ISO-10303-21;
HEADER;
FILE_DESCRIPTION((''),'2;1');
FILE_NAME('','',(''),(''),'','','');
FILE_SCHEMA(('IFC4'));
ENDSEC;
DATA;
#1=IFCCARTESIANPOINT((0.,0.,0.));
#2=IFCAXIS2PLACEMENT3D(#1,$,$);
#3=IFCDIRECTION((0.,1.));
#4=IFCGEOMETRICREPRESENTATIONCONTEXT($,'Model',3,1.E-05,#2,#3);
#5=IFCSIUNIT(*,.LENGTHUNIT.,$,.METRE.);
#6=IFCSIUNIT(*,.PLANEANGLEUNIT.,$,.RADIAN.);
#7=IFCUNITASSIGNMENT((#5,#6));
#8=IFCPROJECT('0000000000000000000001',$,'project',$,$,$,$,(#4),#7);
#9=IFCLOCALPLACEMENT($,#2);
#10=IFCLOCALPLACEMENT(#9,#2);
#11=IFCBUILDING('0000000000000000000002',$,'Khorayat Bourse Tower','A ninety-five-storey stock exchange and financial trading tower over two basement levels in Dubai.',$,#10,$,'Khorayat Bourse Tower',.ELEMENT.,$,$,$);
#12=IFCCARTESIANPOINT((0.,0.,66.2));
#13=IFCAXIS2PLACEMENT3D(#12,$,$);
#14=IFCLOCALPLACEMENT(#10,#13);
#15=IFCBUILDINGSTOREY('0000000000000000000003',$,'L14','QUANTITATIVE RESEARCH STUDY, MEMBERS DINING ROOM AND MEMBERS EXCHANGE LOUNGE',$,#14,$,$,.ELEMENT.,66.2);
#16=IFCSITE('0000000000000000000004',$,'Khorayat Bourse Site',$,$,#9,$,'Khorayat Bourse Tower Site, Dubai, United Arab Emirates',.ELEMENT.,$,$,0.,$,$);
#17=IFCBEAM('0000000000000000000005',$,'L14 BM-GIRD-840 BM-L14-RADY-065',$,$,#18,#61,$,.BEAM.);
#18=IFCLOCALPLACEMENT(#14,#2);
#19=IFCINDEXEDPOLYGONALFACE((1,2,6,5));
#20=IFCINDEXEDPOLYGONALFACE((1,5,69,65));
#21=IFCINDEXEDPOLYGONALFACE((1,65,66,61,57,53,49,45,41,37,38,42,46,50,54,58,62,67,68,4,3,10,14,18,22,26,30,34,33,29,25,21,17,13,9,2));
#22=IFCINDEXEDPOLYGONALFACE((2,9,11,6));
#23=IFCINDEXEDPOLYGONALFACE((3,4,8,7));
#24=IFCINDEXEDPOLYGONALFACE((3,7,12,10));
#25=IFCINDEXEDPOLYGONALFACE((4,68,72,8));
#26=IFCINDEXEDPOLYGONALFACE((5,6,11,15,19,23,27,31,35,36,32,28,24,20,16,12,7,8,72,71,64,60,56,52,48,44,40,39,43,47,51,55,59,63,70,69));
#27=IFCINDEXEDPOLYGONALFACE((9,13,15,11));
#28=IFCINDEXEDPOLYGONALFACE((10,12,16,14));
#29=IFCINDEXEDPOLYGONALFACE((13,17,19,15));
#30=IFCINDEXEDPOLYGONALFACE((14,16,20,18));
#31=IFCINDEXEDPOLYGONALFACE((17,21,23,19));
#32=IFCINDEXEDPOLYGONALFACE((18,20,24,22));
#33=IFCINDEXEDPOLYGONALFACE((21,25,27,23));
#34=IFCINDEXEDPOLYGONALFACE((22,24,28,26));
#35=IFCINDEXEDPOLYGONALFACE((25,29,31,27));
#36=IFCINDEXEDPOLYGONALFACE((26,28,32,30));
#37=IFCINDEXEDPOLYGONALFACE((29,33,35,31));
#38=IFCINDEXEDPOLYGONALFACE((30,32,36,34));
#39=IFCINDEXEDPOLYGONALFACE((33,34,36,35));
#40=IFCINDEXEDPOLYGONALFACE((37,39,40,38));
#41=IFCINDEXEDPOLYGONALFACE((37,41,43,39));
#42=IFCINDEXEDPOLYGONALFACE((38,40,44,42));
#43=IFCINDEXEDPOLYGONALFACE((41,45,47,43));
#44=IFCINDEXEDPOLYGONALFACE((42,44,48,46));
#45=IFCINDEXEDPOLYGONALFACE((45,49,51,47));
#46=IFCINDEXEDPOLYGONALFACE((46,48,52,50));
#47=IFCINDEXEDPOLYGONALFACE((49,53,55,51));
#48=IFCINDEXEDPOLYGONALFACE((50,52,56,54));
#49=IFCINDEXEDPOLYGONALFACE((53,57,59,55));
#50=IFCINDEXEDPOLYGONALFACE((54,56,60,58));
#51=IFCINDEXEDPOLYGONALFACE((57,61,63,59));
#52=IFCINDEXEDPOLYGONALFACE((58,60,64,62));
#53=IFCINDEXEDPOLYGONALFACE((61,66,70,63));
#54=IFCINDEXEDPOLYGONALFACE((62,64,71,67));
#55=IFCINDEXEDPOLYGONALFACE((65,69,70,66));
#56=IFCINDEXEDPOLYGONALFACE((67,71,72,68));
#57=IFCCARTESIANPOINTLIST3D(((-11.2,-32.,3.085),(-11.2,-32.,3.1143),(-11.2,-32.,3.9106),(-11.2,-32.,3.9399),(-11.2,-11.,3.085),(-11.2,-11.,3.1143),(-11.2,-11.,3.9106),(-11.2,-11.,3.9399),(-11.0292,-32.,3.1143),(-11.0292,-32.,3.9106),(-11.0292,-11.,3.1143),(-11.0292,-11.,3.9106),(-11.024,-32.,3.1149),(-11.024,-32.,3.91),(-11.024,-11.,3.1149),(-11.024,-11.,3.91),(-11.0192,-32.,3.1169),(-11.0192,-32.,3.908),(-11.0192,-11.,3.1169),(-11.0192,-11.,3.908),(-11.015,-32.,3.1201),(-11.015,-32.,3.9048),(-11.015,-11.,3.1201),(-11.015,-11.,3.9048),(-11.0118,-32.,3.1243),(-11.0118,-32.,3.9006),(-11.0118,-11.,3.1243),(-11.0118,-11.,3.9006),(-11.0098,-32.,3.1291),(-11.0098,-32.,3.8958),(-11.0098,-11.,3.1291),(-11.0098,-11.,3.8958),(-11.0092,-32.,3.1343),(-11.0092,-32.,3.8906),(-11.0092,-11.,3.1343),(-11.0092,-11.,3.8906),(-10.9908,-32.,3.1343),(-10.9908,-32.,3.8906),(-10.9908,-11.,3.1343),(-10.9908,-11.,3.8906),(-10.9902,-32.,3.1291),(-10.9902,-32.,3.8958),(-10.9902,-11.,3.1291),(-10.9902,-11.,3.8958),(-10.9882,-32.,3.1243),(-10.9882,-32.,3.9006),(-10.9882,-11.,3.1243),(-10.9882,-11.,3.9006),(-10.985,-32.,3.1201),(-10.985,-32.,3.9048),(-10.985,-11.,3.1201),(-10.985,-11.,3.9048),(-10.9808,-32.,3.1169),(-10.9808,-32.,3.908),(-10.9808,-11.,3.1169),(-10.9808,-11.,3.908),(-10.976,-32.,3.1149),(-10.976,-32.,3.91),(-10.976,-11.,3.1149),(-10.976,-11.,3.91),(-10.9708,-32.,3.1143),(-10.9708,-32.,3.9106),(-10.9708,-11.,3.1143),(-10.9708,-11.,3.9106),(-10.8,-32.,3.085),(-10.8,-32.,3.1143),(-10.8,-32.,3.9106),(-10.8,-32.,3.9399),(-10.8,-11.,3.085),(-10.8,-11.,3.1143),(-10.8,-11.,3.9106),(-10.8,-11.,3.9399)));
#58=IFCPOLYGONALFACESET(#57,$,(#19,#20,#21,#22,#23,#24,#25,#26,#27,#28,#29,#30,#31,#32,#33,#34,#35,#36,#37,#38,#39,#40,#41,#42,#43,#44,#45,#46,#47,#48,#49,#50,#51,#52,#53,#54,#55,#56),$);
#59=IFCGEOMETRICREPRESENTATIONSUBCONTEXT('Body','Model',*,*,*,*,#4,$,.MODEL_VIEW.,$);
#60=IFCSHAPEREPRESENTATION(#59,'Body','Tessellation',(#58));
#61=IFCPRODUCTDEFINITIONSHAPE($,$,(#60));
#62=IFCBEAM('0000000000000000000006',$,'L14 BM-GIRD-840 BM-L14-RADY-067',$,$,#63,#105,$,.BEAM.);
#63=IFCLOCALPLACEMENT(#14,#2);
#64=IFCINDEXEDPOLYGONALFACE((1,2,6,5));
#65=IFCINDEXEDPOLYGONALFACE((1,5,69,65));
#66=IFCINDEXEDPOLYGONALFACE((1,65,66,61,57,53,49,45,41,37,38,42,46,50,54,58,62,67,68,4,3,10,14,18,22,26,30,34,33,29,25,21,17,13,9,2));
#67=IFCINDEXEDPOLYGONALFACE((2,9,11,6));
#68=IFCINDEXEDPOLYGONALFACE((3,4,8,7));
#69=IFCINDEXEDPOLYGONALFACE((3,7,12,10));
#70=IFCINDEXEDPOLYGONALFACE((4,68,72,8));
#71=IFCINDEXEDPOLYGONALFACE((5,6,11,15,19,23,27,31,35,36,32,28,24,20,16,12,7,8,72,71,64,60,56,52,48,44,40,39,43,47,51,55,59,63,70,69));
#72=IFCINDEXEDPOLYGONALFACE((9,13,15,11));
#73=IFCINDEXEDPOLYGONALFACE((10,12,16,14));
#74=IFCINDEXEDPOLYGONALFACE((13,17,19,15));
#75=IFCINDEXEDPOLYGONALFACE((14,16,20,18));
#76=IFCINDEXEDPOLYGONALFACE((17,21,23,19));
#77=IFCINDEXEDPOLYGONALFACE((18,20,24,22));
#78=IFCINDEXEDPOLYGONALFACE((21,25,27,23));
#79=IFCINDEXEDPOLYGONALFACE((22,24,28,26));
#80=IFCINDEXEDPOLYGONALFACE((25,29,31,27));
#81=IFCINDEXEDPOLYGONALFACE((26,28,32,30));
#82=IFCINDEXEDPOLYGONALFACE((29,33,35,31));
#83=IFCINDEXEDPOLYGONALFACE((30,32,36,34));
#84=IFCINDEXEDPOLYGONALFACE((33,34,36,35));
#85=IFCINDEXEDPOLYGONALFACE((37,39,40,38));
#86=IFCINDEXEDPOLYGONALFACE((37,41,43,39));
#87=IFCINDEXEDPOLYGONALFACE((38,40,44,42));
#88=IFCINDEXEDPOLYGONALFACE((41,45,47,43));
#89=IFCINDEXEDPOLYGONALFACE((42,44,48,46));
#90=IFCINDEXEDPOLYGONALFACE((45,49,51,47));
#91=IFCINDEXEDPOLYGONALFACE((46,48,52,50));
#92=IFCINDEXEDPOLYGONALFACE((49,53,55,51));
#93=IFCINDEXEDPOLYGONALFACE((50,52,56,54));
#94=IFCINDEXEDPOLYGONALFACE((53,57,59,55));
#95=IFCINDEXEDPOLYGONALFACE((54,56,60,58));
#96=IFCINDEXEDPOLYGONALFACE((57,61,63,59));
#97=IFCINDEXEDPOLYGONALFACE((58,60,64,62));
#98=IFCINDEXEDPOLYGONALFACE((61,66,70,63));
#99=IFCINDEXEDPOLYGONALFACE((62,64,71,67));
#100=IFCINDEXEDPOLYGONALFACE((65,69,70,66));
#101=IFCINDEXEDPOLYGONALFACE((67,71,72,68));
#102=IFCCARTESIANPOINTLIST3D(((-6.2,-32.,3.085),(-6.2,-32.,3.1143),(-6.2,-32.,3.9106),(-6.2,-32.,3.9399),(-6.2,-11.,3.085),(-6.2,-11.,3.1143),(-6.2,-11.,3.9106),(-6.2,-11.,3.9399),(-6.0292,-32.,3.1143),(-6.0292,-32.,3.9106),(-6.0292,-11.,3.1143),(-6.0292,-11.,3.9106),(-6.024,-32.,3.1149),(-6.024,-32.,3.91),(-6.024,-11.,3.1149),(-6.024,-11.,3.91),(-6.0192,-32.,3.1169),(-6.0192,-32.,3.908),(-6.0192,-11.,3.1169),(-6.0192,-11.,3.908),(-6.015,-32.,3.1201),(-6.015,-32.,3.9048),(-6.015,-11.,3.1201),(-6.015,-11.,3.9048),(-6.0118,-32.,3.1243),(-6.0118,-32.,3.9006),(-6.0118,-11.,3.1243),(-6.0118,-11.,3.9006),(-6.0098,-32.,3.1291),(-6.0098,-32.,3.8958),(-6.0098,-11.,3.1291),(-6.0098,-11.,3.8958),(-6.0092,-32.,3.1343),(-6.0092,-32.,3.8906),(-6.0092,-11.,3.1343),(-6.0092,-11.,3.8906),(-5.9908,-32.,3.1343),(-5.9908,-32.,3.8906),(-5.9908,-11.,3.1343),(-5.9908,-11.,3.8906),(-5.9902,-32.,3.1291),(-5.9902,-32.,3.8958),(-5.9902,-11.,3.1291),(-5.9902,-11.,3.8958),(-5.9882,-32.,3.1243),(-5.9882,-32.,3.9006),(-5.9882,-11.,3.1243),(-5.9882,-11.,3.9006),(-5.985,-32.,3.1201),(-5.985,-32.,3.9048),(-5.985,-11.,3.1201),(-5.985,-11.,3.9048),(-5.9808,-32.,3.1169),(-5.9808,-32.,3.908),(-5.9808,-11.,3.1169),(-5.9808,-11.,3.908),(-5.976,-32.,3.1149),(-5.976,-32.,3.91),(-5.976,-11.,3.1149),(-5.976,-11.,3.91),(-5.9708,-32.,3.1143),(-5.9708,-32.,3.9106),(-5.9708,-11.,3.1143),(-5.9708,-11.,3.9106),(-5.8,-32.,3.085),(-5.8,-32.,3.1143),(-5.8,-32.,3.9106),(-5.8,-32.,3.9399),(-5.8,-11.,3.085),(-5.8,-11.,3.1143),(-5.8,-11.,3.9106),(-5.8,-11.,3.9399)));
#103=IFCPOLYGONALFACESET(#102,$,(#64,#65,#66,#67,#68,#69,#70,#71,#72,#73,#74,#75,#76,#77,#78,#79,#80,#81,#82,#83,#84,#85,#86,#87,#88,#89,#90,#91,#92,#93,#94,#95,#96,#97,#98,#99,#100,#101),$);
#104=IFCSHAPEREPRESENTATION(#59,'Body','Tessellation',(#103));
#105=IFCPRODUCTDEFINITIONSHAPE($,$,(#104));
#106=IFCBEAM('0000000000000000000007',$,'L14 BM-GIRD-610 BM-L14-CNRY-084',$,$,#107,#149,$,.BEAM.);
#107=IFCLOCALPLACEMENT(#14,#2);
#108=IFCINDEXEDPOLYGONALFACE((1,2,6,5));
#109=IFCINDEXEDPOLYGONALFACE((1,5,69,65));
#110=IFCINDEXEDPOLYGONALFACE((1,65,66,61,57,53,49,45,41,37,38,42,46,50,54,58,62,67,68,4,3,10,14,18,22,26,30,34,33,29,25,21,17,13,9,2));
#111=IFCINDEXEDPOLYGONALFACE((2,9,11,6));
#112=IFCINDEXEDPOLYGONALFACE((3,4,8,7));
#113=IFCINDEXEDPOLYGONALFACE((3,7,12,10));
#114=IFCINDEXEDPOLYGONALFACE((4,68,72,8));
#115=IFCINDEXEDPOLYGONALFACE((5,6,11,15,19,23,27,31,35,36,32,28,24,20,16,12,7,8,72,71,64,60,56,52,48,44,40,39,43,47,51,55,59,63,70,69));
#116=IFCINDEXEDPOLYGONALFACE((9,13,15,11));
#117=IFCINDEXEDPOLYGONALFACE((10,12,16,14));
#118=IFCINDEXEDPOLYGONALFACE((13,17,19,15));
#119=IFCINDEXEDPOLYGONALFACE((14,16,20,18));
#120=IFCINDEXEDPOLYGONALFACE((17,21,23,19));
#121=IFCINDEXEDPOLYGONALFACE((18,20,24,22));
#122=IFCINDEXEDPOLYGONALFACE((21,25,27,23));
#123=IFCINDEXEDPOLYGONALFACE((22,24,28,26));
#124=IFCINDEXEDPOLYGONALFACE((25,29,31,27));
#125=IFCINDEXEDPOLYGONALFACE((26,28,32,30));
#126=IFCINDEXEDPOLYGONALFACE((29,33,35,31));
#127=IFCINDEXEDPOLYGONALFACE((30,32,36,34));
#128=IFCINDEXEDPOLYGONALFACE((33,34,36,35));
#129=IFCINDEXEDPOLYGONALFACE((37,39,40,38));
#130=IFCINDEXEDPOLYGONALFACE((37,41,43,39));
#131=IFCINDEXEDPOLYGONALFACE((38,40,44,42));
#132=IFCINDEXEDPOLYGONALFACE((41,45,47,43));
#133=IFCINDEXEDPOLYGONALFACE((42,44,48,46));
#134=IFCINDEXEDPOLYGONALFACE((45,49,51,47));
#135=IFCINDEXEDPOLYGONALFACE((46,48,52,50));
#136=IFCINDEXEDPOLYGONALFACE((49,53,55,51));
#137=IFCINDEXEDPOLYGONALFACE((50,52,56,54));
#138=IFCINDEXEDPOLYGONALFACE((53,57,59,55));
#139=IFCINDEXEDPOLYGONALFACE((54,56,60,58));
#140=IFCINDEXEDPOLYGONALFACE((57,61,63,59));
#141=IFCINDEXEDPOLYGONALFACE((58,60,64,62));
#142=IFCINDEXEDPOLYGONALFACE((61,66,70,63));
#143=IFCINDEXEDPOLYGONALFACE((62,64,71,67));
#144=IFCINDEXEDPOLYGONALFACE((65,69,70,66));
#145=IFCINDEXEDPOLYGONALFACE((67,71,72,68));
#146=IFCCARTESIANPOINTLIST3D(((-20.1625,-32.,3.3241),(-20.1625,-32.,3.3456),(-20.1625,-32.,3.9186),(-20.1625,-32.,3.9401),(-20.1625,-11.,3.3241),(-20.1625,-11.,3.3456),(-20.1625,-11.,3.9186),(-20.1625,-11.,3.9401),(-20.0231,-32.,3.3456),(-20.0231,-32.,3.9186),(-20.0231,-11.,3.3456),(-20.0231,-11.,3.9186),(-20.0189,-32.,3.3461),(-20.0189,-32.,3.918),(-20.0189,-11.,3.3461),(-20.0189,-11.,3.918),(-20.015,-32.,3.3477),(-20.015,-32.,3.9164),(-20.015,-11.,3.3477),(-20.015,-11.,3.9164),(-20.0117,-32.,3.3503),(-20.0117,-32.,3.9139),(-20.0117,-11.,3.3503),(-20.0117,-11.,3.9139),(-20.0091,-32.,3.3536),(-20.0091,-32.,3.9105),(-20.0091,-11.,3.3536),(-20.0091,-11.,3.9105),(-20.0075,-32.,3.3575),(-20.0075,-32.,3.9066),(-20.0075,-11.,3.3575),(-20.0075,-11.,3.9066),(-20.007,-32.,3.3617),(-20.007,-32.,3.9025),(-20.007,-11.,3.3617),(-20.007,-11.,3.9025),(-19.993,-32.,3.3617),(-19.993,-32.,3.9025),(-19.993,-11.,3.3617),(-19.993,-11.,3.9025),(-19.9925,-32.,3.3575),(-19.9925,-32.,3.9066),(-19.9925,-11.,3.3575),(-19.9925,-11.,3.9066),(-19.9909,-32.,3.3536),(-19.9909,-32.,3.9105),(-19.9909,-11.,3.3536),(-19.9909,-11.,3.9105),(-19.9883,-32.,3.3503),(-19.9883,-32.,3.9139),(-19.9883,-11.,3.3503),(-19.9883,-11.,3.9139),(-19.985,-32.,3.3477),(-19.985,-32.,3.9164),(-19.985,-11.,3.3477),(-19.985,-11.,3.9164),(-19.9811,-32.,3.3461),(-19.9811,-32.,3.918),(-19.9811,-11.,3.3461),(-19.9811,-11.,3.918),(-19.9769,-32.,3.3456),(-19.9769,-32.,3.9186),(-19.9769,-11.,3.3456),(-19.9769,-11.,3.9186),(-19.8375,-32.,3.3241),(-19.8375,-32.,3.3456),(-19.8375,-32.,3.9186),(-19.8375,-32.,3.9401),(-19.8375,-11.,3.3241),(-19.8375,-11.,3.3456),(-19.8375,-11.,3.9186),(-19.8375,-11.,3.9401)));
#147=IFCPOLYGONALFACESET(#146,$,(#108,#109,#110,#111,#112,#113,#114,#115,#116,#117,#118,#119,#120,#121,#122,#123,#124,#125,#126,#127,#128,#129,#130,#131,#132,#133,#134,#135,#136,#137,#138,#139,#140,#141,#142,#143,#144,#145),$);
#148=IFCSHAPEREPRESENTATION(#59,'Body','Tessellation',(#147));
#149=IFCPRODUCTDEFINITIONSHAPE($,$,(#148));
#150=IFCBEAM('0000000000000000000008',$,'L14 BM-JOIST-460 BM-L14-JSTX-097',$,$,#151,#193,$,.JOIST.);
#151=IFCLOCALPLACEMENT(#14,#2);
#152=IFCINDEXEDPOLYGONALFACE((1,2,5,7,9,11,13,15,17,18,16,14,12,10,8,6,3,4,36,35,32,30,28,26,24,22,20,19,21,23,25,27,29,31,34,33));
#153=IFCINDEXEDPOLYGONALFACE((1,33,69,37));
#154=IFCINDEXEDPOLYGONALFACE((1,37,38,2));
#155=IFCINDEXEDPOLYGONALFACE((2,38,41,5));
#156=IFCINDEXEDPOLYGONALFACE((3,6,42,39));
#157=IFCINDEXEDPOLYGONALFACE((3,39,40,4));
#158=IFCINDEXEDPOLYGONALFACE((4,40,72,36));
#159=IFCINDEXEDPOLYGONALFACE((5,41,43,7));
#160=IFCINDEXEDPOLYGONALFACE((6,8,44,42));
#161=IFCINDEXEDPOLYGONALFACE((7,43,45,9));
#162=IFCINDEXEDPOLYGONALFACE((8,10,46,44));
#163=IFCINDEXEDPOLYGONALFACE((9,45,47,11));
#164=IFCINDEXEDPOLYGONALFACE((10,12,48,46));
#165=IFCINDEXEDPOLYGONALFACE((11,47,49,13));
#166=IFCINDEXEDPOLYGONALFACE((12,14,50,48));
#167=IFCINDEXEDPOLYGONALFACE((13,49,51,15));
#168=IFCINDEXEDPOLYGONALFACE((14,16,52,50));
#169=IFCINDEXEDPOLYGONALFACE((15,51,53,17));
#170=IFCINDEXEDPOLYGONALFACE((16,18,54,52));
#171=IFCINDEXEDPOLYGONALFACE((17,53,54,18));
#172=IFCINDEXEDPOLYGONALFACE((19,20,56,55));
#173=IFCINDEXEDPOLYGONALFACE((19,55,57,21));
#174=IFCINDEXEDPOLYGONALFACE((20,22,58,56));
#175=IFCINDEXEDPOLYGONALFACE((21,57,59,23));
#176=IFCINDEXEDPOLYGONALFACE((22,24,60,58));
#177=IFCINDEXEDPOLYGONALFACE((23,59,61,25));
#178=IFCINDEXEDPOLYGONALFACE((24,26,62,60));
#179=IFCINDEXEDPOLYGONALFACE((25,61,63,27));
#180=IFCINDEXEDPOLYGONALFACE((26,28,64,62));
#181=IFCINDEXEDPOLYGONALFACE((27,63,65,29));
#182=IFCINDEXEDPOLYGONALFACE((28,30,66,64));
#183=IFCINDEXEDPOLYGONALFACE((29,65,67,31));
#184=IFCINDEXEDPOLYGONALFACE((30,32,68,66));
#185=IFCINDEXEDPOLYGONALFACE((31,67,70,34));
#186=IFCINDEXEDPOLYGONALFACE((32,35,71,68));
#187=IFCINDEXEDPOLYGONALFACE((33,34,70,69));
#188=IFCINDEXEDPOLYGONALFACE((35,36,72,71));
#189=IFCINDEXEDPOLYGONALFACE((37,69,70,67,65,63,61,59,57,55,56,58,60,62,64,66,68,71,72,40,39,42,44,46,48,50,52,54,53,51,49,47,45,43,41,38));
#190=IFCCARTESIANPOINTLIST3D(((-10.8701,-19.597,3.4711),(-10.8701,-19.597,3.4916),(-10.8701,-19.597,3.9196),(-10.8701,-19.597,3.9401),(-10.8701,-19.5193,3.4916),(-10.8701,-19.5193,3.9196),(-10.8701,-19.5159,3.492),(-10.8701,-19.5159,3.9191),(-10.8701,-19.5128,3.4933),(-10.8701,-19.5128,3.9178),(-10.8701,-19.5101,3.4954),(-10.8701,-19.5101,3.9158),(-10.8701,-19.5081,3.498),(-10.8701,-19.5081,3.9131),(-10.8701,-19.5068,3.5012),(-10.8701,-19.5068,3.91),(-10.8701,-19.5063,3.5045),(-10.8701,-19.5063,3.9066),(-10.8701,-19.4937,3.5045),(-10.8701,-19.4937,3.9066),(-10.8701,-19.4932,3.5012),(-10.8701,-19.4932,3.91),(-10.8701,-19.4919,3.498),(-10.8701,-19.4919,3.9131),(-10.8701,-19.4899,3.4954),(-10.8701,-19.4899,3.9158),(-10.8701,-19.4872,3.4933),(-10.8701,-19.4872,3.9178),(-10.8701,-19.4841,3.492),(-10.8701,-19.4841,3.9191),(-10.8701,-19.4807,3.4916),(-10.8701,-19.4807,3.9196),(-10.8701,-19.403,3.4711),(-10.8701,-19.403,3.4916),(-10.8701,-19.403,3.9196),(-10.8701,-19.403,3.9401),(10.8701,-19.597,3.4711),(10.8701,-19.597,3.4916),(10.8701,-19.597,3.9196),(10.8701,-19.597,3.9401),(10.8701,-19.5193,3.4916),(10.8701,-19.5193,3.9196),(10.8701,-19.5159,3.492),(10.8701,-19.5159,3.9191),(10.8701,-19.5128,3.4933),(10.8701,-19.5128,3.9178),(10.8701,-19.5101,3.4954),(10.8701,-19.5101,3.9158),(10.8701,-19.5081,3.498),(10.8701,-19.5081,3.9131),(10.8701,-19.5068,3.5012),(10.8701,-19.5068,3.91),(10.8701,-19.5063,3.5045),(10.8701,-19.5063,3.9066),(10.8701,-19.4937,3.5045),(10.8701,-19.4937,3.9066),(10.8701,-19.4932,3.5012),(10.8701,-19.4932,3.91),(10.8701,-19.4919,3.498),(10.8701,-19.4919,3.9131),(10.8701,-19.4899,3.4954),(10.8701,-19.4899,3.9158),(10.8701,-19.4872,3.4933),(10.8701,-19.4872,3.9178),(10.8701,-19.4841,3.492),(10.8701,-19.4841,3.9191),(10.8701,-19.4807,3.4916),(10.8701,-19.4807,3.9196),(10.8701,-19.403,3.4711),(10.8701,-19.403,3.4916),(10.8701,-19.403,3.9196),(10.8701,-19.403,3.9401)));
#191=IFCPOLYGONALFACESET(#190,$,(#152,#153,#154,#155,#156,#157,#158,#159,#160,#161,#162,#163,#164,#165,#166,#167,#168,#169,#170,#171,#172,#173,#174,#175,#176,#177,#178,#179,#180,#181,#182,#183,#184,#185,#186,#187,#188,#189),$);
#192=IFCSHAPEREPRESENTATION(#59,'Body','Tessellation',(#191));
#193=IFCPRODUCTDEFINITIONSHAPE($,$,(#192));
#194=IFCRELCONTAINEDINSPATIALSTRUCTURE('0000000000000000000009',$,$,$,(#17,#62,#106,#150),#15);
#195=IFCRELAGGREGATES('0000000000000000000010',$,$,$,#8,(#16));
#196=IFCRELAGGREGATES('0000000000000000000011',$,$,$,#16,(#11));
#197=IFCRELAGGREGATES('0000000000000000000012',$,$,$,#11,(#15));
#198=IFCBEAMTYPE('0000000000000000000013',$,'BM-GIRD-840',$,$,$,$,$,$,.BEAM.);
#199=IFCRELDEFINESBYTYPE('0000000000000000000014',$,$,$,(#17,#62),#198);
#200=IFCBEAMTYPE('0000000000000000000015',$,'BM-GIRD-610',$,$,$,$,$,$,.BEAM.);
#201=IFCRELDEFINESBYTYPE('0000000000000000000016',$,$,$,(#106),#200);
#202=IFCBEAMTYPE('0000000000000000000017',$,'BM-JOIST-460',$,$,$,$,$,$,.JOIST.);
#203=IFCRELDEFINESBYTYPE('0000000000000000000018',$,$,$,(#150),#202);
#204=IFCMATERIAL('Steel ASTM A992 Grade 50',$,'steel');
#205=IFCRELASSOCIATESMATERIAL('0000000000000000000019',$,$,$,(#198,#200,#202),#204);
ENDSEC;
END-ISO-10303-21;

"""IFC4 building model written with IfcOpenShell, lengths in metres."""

from ifc_helpers import new_model, si_unit, direction, frame, origin, origin_2d, place, context, subcontext, project, spatial, i_section, extrude, source, transform, mapped, material, material_profile, profile_set, type_object, element, save


model = new_model("IFC4")

# Units and contexts
model_context = context("Model", 3, precision=1e-05, world=origin(), true_north=direction((0.0, 1.0)))
body_context = subcontext(model_context, "Body", "Model", "MODEL_VIEW")
ifc_project = project(units=[si_unit("LENGTHUNIT", "METRE"), si_unit("PLANEANGLEUNIT", "RADIAN")], contexts=[model_context])

# Site, building, storey
site_placement = place(None, origin())
site = spatial("IfcSite", under=ifc_project, at=site_placement, Name="Khorayat Bourse Site", LongName="Khorayat Bourse Tower Site, Dubai, United Arab Emirates", CompositionType="ELEMENT", RefElevation=0.0)
building_placement = place(site_placement, origin())
building = spatial("IfcBuilding", under=site, at=building_placement, Name="Khorayat Bourse Tower", Description="A ninety-five-storey stock exchange and financial trading tower over two basement levels in Dubai.", LongName="Khorayat Bourse Tower", CompositionType="ELEMENT")
storey_placement = place(building_placement, frame((0.0, 0.0, 66.2)))
storey = spatial("IfcBuildingStorey", under=building, at=storey_placement, Name="L14", Description="QUANTITATIVE RESEARCH STUDY, MEMBERS DINING ROOM AND MEMBERS EXCHANGE LOUNGE", CompositionType="ELEMENT", Elevation=66.2)

# Beams
ifc_material_1 = material(Name="Steel ASTM A992 Grade 50", Category="steel")
ifc_material_profile_1 = material_profile(ifc_material_1, i_section(OverallWidth=0.3999, OverallDepth=0.855, WebThickness=0.0183, FlangeThickness=0.0293, FilletRadius=0.02, at=origin_2d()), Name="W840X299")
ifc_profile_set_1 = profile_set([ifc_material_profile_1], Name="Steel ASTM A992 Grade 50")
beam_type_1 = type_object("IfcBeamType", Name="BM-GIRD-840", PredefinedType="BEAM", material=ifc_profile_set_1)
shared_shape_1 = source(origin(), body_context, "Body", "SweptSolid", [
    extrude(i_section(OverallWidth=0.3999, OverallDepth=0.855, WebThickness=0.0183, FlangeThickness=0.0293, FilletRadius=0.02, at=origin_2d()), origin(), (0.0, 0.0, 1.0), 21.0),
])
for number, where, z_axis, x_axis, name in (
    (1, (-11.0, -32.0, 3.5125), (0.0, 1.0, 0.0), (-1.0, 0.0, 0.0), "L14 BM-GIRD-840 BM-L14-RADY-065"),
    (2, (-6.0, -32.0, 3.5125), (0.0, 1.0, 0.0), (-1.0, 0.0, 0.0), "L14 BM-GIRD-840 BM-L14-RADY-067"),
):
    element("IfcBeam", number, at=place(storey_placement, frame(where, z_axis=z_axis, x_axis=x_axis)), inside=storey, type_object=beam_type_1, Name=name, PredefinedType="BEAM", context=body_context, shape_type="MappedRepresentation", body=[
        mapped(shared_shape_1, transform((0.0, 0.0, 0.0), scale=1.0)),
    ])
ifc_material_profile_2 = material_profile(ifc_material_1, i_section(OverallWidth=0.325, OverallDepth=0.616, WebThickness=0.0139, FlangeThickness=0.0215, FilletRadius=0.0161, at=origin_2d()), Name="W610X174")
ifc_profile_set_2 = profile_set([ifc_material_profile_2], Name="Steel ASTM A992 Grade 50")
beam_type_2 = type_object("IfcBeamType", Name="BM-GIRD-610", PredefinedType="BEAM", material=ifc_profile_set_2)
shared_shape_2 = source(origin(), body_context, "Body", "SweptSolid", [
    extrude(i_section(OverallWidth=0.325, OverallDepth=0.616, WebThickness=0.0139, FlangeThickness=0.0215, FilletRadius=0.0161, at=origin_2d()), origin(), (0.0, 0.0, 1.0), 21.0),
])
beam_1_placement = place(storey_placement, frame((-20.0, -32.0, 3.6321), z_axis=(0.0, 1.0, 0.0), x_axis=(-1.0, 0.0, 0.0)))
element("IfcBeam", 3, at=beam_1_placement, inside=storey, type_object=beam_type_2, Name="L14 BM-GIRD-610 BM-L14-CNRY-084", PredefinedType="BEAM", context=body_context, shape_type="MappedRepresentation", body=[
    mapped(shared_shape_2, transform((0.0, 0.0, 0.0), scale=1.0)),
])
ifc_material_profile_3 = material_profile(ifc_material_1, i_section(OverallWidth=0.1941, OverallDepth=0.469, WebThickness=0.0127, FlangeThickness=0.0205, FilletRadius=0.0129, at=origin_2d()), Name="W460X106")
ifc_profile_set_3 = profile_set([ifc_material_profile_3], Name="Steel ASTM A992 Grade 50")
beam_type_3 = type_object("IfcBeamType", Name="BM-JOIST-460", PredefinedType="JOIST", material=ifc_profile_set_3)
shared_shape_3 = source(origin(), body_context, "Body", "SweptSolid", [
    extrude(i_section(OverallWidth=0.1941, OverallDepth=0.469, WebThickness=0.0127, FlangeThickness=0.0205, FilletRadius=0.0129, at=origin_2d()), origin(), (0.0, 0.0, 1.0), 21.7402),
])
beam_2_placement = place(storey_placement, frame((-10.8701, -19.5, 3.7056), z_axis=(1.0, 0.0, 0.0), x_axis=(0.0, 1.0, 0.0)))
element("IfcBeam", 4, at=beam_2_placement, inside=storey, type_object=beam_type_3, Name="L14 BM-JOIST-460 BM-L14-JSTX-097", PredefinedType="JOIST", context=body_context, shape_type="MappedRepresentation", body=[
    mapped(shared_shape_3, transform((0.0, 0.0, 0.0), scale=1.0)),
])

save(model, "model.ifc")
